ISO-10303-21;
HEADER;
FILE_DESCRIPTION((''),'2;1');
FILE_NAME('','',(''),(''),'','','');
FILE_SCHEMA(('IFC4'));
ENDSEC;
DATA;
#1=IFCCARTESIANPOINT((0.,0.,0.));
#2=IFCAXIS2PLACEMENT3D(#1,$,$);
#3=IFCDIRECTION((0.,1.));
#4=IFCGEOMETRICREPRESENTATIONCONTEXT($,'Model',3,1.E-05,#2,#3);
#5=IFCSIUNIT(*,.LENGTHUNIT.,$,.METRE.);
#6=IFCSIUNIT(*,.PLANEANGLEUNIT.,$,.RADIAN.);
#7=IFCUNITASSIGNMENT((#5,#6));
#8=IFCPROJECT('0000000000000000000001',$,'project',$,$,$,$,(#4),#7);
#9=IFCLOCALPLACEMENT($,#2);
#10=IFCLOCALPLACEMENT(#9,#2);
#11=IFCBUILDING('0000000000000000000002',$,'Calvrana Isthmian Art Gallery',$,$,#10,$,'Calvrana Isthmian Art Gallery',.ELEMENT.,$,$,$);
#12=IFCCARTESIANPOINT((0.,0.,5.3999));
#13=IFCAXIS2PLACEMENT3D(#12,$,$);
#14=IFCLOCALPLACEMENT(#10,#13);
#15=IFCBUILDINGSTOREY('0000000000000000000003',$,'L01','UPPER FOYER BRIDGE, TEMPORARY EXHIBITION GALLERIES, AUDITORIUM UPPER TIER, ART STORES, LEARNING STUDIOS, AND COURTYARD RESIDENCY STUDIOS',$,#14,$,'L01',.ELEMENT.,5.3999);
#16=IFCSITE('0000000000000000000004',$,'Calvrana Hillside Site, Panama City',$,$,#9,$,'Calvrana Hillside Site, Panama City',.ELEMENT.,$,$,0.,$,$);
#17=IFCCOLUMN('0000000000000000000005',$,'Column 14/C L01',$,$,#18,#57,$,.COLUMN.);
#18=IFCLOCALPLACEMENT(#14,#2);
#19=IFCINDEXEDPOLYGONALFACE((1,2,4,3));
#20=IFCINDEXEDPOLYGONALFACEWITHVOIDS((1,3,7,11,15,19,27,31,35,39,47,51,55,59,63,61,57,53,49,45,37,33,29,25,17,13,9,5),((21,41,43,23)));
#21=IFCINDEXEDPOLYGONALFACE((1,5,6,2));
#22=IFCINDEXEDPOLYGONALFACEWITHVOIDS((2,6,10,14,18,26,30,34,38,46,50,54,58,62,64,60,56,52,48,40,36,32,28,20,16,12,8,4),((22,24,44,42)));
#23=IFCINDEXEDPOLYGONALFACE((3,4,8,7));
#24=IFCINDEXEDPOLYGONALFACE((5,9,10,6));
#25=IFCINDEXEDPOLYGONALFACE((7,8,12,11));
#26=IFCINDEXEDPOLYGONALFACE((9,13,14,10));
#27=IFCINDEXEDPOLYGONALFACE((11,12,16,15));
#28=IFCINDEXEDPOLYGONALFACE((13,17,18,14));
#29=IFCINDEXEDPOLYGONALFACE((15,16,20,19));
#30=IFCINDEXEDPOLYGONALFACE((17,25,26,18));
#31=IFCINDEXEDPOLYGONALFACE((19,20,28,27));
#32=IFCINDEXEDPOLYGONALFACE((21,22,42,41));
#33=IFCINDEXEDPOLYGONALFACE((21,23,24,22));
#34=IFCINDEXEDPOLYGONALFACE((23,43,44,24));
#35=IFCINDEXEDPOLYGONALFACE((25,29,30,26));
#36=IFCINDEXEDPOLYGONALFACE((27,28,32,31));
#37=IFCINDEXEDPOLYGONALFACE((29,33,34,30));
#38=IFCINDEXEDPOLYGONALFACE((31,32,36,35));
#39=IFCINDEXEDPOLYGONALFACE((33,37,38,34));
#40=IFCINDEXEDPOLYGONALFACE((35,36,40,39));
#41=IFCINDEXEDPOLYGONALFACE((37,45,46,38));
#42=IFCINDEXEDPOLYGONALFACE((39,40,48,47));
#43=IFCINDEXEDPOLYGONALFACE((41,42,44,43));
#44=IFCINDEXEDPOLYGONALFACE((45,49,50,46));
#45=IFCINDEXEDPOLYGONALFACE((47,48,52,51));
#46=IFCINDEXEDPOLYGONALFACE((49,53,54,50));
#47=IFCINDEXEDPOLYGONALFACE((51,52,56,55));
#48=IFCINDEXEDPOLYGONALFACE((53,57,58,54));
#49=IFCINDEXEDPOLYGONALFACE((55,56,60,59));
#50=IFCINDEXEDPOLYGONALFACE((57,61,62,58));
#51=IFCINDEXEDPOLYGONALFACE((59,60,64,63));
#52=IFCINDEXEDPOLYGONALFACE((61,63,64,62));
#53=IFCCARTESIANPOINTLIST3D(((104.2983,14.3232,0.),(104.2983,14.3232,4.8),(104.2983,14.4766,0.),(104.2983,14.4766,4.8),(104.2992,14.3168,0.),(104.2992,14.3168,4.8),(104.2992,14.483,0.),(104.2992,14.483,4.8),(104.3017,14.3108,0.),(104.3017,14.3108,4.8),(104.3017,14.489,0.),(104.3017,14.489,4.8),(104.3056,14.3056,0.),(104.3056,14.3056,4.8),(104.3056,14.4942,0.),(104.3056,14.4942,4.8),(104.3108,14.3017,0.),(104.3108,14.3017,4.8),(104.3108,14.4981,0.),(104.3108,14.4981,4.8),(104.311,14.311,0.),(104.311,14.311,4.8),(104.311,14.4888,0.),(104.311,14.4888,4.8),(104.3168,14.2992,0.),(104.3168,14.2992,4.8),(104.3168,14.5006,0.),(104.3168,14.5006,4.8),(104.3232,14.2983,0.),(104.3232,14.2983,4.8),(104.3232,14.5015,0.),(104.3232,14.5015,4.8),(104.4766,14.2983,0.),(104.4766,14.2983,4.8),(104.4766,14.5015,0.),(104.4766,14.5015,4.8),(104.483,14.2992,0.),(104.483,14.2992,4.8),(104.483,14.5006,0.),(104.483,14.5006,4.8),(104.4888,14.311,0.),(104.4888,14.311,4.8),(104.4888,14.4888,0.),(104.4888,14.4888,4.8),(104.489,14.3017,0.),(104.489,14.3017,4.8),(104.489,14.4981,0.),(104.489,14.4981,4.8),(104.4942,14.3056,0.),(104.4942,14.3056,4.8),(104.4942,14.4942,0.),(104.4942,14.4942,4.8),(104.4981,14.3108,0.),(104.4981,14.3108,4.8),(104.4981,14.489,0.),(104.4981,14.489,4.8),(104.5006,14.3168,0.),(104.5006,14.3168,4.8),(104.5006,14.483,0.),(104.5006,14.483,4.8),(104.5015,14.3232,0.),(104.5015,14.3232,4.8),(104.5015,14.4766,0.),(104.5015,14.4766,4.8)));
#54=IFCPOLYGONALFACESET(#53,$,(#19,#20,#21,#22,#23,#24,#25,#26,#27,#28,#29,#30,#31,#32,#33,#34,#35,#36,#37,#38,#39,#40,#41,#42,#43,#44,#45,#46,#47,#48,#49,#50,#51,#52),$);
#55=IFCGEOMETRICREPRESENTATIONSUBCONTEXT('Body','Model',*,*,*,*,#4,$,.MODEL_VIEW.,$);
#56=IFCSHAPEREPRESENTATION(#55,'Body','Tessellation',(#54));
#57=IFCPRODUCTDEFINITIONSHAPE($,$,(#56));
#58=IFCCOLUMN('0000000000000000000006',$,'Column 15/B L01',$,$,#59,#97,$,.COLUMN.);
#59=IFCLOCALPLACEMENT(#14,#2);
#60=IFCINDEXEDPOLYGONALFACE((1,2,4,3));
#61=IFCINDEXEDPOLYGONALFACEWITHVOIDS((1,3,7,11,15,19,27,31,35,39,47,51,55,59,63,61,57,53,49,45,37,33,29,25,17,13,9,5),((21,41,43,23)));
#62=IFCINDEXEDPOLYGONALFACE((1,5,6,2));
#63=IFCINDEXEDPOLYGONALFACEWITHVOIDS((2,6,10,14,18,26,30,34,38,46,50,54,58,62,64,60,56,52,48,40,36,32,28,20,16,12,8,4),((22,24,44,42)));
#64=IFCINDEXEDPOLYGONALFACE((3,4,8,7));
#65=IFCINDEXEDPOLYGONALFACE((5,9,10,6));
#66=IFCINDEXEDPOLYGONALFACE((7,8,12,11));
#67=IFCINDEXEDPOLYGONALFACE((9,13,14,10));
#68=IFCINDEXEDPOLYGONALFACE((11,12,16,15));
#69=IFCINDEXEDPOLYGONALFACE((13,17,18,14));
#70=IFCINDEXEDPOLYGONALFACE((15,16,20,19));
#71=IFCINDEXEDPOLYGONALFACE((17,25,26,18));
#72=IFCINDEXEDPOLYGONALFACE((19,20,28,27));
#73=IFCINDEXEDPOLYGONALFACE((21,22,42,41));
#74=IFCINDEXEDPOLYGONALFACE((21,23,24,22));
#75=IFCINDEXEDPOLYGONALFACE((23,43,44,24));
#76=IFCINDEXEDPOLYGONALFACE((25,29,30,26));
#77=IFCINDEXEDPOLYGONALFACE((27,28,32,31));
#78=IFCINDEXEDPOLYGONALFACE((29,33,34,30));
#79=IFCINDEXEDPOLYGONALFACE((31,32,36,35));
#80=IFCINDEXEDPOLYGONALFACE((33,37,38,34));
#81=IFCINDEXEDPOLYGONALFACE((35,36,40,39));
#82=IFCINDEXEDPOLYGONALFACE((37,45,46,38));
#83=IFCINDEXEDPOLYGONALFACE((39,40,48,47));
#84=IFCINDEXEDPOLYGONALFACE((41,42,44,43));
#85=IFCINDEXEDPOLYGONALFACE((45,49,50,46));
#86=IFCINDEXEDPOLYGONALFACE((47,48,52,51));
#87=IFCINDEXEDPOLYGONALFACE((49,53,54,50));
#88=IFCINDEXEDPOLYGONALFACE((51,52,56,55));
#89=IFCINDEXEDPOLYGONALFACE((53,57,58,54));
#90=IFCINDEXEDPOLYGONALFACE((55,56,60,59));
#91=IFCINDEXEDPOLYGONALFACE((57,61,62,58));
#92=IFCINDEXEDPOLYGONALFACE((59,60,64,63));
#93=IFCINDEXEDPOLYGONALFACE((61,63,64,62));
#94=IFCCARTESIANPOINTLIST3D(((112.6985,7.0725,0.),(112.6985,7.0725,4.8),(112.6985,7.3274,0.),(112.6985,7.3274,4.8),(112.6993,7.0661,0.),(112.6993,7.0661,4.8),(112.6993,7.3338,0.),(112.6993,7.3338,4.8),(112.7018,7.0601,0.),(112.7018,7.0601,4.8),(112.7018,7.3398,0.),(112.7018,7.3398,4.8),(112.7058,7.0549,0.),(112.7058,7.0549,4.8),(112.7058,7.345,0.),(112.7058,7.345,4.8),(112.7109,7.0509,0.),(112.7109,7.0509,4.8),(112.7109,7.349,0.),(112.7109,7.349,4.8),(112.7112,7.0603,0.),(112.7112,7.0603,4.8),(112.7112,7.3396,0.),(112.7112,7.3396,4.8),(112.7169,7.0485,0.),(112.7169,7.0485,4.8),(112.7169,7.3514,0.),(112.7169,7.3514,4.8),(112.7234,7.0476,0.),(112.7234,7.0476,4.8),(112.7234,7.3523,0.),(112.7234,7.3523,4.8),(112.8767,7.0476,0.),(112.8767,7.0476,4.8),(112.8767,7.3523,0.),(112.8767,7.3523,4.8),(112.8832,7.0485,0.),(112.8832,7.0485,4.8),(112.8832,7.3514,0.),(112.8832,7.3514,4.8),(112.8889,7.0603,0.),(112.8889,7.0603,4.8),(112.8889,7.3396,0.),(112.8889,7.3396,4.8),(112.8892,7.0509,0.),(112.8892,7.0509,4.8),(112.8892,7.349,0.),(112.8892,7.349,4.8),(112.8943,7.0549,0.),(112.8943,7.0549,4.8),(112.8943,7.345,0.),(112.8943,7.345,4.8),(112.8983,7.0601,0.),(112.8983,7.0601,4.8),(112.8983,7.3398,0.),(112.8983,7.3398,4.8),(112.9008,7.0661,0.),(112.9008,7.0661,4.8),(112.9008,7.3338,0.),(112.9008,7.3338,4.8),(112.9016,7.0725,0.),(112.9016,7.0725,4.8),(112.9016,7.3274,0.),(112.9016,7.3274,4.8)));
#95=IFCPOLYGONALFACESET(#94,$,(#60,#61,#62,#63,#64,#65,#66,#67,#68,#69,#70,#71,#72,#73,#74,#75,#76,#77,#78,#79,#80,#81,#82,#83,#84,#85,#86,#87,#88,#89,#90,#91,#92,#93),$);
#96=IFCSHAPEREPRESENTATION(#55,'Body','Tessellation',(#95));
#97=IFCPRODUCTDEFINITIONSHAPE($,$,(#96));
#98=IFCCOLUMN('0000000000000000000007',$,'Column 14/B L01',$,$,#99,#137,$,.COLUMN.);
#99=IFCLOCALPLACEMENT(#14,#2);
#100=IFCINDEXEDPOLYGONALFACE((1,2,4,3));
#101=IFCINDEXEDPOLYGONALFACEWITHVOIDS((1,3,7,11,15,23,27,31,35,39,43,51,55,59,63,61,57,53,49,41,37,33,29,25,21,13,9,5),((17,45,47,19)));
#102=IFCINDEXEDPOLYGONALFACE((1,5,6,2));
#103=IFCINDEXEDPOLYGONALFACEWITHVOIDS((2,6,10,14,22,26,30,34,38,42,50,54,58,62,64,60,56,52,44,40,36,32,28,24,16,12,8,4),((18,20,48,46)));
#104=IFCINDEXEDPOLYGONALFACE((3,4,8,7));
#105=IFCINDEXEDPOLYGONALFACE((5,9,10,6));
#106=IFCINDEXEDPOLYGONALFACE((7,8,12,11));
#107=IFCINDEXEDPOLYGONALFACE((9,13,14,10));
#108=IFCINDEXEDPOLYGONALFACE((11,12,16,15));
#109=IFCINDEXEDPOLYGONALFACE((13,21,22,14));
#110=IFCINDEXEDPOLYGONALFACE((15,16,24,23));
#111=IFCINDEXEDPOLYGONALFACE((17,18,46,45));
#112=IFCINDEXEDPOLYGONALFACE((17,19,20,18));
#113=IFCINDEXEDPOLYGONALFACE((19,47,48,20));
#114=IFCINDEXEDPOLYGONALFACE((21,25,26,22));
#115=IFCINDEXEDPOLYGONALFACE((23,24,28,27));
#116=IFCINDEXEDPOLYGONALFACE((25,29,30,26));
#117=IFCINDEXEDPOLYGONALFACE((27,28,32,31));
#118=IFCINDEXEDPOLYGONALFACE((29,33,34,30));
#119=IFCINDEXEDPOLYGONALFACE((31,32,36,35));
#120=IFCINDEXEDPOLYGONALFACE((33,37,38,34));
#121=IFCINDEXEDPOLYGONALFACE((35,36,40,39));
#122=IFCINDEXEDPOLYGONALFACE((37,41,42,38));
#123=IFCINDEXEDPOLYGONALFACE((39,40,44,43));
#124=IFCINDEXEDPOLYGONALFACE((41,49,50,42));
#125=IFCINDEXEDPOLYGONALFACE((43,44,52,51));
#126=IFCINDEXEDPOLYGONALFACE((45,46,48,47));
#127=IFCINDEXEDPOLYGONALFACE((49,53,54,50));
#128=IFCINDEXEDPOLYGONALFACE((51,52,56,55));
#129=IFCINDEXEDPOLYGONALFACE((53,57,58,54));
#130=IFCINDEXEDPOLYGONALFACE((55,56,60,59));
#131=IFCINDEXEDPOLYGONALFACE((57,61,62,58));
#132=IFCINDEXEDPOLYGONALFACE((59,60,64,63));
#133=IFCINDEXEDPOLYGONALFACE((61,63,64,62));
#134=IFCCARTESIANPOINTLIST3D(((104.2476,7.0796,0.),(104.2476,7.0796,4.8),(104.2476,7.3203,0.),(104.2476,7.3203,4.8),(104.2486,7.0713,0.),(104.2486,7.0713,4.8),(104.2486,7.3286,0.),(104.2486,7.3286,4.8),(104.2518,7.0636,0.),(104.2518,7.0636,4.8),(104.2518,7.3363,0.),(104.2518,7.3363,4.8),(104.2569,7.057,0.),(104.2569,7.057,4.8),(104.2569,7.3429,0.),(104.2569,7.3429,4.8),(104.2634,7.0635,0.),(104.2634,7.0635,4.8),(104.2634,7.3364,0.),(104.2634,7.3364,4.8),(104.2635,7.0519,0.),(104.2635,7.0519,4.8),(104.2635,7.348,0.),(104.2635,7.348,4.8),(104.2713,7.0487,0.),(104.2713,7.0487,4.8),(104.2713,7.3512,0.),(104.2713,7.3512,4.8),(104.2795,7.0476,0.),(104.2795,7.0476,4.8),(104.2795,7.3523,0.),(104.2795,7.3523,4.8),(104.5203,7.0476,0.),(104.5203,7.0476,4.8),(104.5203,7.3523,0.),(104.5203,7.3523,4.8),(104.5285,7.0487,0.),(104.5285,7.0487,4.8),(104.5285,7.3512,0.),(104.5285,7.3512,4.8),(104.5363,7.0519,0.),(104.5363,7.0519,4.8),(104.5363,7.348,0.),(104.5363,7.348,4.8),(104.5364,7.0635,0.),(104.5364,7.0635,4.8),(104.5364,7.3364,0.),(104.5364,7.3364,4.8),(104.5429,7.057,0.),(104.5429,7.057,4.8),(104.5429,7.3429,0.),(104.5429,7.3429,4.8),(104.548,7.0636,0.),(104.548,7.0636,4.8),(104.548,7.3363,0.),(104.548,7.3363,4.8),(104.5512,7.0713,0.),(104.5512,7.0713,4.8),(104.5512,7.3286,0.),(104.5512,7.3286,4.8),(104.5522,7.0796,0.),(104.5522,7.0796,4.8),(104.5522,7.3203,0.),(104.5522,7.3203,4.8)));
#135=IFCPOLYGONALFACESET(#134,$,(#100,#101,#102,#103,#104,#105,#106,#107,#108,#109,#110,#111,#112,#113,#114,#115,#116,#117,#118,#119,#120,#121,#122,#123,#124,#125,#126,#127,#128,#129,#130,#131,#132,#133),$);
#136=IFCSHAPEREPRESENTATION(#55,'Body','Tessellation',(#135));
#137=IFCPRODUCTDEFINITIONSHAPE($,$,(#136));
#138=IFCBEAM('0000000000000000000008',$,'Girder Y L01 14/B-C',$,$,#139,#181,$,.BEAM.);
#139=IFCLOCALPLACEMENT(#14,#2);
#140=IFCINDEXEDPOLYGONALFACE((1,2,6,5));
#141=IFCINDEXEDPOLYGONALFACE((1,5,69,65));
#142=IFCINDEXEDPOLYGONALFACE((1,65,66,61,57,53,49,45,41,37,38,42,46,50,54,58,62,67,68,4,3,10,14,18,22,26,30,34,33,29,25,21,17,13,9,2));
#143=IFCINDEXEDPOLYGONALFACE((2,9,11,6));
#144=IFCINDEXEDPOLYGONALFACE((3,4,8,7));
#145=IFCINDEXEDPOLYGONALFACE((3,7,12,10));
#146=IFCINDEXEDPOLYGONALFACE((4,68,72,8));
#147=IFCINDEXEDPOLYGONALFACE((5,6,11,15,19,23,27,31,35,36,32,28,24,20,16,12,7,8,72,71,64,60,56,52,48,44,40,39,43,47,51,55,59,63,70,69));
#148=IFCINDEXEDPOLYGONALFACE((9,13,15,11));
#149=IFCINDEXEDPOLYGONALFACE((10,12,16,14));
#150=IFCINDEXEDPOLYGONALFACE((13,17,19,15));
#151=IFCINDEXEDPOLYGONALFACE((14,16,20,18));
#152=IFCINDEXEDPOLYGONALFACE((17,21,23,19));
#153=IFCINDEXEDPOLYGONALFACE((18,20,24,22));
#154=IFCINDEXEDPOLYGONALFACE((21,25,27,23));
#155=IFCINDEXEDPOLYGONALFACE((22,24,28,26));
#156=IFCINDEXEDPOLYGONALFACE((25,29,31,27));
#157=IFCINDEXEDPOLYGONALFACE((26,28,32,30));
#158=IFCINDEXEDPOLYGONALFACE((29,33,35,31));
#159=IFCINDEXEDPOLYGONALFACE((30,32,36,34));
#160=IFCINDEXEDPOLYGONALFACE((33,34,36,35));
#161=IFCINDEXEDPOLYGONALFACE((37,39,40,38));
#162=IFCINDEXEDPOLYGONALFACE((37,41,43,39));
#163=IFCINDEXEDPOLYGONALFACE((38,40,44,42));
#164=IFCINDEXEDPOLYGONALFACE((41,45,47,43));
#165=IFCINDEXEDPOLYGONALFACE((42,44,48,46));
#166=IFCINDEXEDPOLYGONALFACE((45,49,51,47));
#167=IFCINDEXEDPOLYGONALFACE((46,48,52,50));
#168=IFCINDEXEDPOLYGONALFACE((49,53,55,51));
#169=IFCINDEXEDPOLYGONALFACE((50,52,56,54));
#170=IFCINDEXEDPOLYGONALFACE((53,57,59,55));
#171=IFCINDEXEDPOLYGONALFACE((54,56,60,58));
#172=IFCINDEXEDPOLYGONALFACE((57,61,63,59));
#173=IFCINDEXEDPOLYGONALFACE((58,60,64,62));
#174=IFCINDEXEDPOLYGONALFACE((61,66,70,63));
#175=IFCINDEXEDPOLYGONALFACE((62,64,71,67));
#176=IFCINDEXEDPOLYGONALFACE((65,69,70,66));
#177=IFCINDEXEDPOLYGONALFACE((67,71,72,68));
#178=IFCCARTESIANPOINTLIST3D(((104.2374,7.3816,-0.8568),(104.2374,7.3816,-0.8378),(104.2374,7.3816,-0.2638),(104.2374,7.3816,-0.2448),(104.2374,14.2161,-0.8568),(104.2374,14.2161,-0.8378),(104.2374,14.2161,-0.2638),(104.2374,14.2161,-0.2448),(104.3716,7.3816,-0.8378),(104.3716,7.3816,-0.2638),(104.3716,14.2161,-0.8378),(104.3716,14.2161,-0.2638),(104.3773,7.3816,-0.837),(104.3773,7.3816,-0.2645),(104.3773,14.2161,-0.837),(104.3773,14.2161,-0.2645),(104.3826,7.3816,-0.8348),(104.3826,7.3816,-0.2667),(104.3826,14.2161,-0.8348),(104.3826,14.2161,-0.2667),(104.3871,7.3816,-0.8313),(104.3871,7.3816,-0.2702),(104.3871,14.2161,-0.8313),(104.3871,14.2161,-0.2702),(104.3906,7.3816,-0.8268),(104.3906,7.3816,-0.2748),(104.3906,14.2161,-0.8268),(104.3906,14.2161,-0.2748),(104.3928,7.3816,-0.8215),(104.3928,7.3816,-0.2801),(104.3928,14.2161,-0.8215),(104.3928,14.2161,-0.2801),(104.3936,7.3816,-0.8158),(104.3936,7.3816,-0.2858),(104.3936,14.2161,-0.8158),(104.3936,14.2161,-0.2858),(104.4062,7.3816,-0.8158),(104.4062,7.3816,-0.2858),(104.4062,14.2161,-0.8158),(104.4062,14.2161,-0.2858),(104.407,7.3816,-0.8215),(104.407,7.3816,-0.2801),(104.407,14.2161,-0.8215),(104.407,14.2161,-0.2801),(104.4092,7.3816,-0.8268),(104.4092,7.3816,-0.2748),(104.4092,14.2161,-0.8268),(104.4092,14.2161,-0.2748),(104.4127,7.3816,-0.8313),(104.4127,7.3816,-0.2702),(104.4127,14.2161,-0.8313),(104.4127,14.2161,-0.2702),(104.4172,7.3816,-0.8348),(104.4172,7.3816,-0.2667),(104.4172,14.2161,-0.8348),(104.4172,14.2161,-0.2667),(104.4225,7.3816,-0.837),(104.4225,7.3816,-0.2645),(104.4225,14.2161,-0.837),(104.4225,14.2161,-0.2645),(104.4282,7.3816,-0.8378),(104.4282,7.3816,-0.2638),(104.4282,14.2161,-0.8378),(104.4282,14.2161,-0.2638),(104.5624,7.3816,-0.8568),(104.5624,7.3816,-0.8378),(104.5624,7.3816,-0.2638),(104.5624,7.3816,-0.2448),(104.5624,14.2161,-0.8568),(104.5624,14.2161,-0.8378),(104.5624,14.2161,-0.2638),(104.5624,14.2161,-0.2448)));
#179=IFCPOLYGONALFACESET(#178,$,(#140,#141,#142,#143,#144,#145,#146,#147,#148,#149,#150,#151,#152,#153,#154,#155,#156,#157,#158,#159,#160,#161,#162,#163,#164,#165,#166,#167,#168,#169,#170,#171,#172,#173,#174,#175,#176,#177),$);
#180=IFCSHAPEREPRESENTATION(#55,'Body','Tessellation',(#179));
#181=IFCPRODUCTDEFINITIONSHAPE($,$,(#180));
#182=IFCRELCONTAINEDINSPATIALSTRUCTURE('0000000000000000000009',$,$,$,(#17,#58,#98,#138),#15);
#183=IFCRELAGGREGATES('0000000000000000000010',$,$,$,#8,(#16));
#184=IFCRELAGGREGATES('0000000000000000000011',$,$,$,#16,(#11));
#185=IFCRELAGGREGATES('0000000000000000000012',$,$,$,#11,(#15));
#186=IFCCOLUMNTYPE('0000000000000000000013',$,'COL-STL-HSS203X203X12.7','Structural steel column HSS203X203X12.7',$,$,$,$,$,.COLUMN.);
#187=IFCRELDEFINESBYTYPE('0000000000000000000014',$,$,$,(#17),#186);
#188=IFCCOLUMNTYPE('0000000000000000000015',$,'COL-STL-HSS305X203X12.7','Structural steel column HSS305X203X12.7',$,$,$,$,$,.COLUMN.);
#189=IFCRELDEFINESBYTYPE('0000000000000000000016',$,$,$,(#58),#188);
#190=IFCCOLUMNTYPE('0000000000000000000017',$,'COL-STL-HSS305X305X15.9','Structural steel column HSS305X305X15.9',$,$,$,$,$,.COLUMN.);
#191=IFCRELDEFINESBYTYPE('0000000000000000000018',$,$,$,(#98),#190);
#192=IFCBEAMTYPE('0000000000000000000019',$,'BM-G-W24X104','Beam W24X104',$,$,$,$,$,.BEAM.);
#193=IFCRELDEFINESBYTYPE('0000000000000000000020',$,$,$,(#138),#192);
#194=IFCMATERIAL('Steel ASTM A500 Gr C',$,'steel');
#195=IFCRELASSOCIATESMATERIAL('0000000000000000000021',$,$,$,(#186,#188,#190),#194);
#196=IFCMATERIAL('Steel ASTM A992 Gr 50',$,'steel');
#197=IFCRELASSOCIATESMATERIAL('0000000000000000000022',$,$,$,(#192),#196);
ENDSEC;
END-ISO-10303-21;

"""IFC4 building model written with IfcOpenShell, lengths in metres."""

from ifc_helpers import new_model, si_unit, direction, frame, origin, origin_2d, place, context, subcontext, project, spatial, hollow_rectangle, i_section, extrude, material, material_profile, profile_set, type_object, element, save


model = new_model("IFC4")

# Units and contexts
model_context = context("Model", 3, precision=1e-05, world=origin(), true_north=direction((0.0, 1.0)))
body_context = subcontext(model_context, "Body", "Model", "MODEL_VIEW")
ifc_project = project(units=[si_unit("LENGTHUNIT", "METRE"), si_unit("PLANEANGLEUNIT", "RADIAN")], contexts=[model_context])

# Site, building, storey
site_placement = place(None, origin())
site = spatial("IfcSite", under=ifc_project, at=site_placement, Name="Calvrana Hillside Site, Panama City", LongName="Calvrana Hillside Site, Panama City", CompositionType="ELEMENT", RefElevation=0.0)
building_placement = place(site_placement, origin())
building = spatial("IfcBuilding", under=site, at=building_placement, Name="Calvrana Isthmian Art Gallery", LongName="Calvrana Isthmian Art Gallery", CompositionType="ELEMENT")
storey_placement = place(building_placement, frame((0.0, 0.0, 5.3999)))
storey = spatial("IfcBuildingStorey", under=building, at=storey_placement, Name="L01", Description="UPPER FOYER BRIDGE, TEMPORARY EXHIBITION GALLERIES, AUDITORIUM UPPER TIER, ART STORES, LEARNING STUDIOS, AND COURTYARD RESIDENCY STUDIOS", LongName="L01", CompositionType="ELEMENT", Elevation=5.3999)

# Columns
ifc_material_1 = material(Name="Steel ASTM A500 Gr C", Category="steel")
ifc_material_profile_1 = material_profile(ifc_material_1, hollow_rectangle(XDim=0.2031, YDim=0.2031, WallThickness=0.0127, OuterFilletRadius=0.0249, at=origin_2d()), Name="HSS203X203X12.7")
ifc_profile_set_1 = profile_set([ifc_material_profile_1], Name="Steel ASTM A500 Gr C")
column_type_1 = type_object("IfcColumnType", Name="COL-STL-HSS203X203X12.7", Description="Structural steel column HSS203X203X12.7", PredefinedType="COLUMN", material=ifc_profile_set_1)
column_1_placement = place(storey_placement, frame((104.3999, 14.3999, 0.0), z_axis=(0.0, 0.0, 1.0), x_axis=(1.0, 0.0, 0.0)))
element("IfcColumn", 1, at=column_1_placement, inside=storey, type_object=column_type_1, Name="Column 14/C L01", PredefinedType="COLUMN", context=body_context, shape_type="SweptSolid", body=[
    extrude(hollow_rectangle(XDim=0.2031, YDim=0.2031, WallThickness=0.0127, OuterFilletRadius=0.0249, at=origin_2d()), origin(), (0.0, 0.0, 1.0), 4.8),
])
ifc_material_profile_2 = material_profile(ifc_material_1, hollow_rectangle(XDim=0.2031, YDim=0.3047, WallThickness=0.0127, OuterFilletRadius=0.0249, at=origin_2d()), Name="HSS305X203X12.7")
ifc_profile_set_2 = profile_set([ifc_material_profile_2], Name="Steel ASTM A500 Gr C")
column_type_2 = type_object("IfcColumnType", Name="COL-STL-HSS305X203X12.7", Description="Structural steel column HSS305X203X12.7", PredefinedType="COLUMN", material=ifc_profile_set_2)
column_2_placement = place(storey_placement, frame((112.8, 7.2, 0.0), z_axis=(0.0, 0.0, 1.0), x_axis=(1.0, 0.0, 0.0)))
element("IfcColumn", 2, at=column_2_placement, inside=storey, type_object=column_type_2, Name="Column 15/B L01", PredefinedType="COLUMN", context=body_context, shape_type="SweptSolid", body=[
    extrude(hollow_rectangle(XDim=0.2031, YDim=0.3047, WallThickness=0.0127, OuterFilletRadius=0.0249, at=origin_2d()), origin(), (0.0, 0.0, 1.0), 4.8),
])
ifc_material_profile_3 = material_profile(ifc_material_1, hollow_rectangle(XDim=0.3047, YDim=0.3047, WallThickness=0.0159, OuterFilletRadius=0.032, at=origin_2d()), Name="HSS305X305X15.9")
ifc_profile_set_3 = profile_set([ifc_material_profile_3], Name="Steel ASTM A500 Gr C")
column_type_3 = type_object("IfcColumnType", Name="COL-STL-HSS305X305X15.9", Description="Structural steel column HSS305X305X15.9", PredefinedType="COLUMN", material=ifc_profile_set_3)
column_3_placement = place(storey_placement, frame((104.3999, 7.2, 0.0), z_axis=(0.0, 0.0, 1.0), x_axis=(1.0, 0.0, 0.0)))
element("IfcColumn", 3, at=column_3_placement, inside=storey, type_object=column_type_3, Name="Column 14/B L01", PredefinedType="COLUMN", context=body_context, shape_type="SweptSolid", body=[
    extrude(hollow_rectangle(XDim=0.3047, YDim=0.3047, WallThickness=0.0159, OuterFilletRadius=0.032, at=origin_2d()), origin(), (0.0, 0.0, 1.0), 4.8),
])

# Beam
ifc_material_2 = material(Name="Steel ASTM A992 Gr 50", Category="steel")
ifc_material_profile_4 = material_profile(ifc_material_2, i_section(OverallWidth=0.325, OverallDepth=0.6121, WebThickness=0.0127, FlangeThickness=0.019, FilletRadius=0.022, at=origin_2d()), Name="W24X104")
ifc_profile_set_4 = profile_set([ifc_material_profile_4], Name="Steel ASTM A992 Gr 50")
beam_type_1 = type_object("IfcBeamType", Name="BM-G-W24X104", Description="Beam W24X104", PredefinedType="BEAM", material=ifc_profile_set_4)
beam_1_placement = place(storey_placement, frame((104.3999, 7.3816, -0.5508), z_axis=(0.0, 1.0, 0.0), x_axis=(-1.0, 0.0, 0.0)))
element("IfcBeam", 4, at=beam_1_placement, inside=storey, type_object=beam_type_1, Name="Girder Y L01 14/B-C", PredefinedType="BEAM", context=body_context, shape_type="SweptSolid", body=[
    extrude(i_section(OverallWidth=0.325, OverallDepth=0.6121, WebThickness=0.0127, FlangeThickness=0.019, FilletRadius=0.022, at=origin_2d()), origin(), (0.0, 0.0, 1.0), 6.8345),
])

save(model, "model.ifc")
